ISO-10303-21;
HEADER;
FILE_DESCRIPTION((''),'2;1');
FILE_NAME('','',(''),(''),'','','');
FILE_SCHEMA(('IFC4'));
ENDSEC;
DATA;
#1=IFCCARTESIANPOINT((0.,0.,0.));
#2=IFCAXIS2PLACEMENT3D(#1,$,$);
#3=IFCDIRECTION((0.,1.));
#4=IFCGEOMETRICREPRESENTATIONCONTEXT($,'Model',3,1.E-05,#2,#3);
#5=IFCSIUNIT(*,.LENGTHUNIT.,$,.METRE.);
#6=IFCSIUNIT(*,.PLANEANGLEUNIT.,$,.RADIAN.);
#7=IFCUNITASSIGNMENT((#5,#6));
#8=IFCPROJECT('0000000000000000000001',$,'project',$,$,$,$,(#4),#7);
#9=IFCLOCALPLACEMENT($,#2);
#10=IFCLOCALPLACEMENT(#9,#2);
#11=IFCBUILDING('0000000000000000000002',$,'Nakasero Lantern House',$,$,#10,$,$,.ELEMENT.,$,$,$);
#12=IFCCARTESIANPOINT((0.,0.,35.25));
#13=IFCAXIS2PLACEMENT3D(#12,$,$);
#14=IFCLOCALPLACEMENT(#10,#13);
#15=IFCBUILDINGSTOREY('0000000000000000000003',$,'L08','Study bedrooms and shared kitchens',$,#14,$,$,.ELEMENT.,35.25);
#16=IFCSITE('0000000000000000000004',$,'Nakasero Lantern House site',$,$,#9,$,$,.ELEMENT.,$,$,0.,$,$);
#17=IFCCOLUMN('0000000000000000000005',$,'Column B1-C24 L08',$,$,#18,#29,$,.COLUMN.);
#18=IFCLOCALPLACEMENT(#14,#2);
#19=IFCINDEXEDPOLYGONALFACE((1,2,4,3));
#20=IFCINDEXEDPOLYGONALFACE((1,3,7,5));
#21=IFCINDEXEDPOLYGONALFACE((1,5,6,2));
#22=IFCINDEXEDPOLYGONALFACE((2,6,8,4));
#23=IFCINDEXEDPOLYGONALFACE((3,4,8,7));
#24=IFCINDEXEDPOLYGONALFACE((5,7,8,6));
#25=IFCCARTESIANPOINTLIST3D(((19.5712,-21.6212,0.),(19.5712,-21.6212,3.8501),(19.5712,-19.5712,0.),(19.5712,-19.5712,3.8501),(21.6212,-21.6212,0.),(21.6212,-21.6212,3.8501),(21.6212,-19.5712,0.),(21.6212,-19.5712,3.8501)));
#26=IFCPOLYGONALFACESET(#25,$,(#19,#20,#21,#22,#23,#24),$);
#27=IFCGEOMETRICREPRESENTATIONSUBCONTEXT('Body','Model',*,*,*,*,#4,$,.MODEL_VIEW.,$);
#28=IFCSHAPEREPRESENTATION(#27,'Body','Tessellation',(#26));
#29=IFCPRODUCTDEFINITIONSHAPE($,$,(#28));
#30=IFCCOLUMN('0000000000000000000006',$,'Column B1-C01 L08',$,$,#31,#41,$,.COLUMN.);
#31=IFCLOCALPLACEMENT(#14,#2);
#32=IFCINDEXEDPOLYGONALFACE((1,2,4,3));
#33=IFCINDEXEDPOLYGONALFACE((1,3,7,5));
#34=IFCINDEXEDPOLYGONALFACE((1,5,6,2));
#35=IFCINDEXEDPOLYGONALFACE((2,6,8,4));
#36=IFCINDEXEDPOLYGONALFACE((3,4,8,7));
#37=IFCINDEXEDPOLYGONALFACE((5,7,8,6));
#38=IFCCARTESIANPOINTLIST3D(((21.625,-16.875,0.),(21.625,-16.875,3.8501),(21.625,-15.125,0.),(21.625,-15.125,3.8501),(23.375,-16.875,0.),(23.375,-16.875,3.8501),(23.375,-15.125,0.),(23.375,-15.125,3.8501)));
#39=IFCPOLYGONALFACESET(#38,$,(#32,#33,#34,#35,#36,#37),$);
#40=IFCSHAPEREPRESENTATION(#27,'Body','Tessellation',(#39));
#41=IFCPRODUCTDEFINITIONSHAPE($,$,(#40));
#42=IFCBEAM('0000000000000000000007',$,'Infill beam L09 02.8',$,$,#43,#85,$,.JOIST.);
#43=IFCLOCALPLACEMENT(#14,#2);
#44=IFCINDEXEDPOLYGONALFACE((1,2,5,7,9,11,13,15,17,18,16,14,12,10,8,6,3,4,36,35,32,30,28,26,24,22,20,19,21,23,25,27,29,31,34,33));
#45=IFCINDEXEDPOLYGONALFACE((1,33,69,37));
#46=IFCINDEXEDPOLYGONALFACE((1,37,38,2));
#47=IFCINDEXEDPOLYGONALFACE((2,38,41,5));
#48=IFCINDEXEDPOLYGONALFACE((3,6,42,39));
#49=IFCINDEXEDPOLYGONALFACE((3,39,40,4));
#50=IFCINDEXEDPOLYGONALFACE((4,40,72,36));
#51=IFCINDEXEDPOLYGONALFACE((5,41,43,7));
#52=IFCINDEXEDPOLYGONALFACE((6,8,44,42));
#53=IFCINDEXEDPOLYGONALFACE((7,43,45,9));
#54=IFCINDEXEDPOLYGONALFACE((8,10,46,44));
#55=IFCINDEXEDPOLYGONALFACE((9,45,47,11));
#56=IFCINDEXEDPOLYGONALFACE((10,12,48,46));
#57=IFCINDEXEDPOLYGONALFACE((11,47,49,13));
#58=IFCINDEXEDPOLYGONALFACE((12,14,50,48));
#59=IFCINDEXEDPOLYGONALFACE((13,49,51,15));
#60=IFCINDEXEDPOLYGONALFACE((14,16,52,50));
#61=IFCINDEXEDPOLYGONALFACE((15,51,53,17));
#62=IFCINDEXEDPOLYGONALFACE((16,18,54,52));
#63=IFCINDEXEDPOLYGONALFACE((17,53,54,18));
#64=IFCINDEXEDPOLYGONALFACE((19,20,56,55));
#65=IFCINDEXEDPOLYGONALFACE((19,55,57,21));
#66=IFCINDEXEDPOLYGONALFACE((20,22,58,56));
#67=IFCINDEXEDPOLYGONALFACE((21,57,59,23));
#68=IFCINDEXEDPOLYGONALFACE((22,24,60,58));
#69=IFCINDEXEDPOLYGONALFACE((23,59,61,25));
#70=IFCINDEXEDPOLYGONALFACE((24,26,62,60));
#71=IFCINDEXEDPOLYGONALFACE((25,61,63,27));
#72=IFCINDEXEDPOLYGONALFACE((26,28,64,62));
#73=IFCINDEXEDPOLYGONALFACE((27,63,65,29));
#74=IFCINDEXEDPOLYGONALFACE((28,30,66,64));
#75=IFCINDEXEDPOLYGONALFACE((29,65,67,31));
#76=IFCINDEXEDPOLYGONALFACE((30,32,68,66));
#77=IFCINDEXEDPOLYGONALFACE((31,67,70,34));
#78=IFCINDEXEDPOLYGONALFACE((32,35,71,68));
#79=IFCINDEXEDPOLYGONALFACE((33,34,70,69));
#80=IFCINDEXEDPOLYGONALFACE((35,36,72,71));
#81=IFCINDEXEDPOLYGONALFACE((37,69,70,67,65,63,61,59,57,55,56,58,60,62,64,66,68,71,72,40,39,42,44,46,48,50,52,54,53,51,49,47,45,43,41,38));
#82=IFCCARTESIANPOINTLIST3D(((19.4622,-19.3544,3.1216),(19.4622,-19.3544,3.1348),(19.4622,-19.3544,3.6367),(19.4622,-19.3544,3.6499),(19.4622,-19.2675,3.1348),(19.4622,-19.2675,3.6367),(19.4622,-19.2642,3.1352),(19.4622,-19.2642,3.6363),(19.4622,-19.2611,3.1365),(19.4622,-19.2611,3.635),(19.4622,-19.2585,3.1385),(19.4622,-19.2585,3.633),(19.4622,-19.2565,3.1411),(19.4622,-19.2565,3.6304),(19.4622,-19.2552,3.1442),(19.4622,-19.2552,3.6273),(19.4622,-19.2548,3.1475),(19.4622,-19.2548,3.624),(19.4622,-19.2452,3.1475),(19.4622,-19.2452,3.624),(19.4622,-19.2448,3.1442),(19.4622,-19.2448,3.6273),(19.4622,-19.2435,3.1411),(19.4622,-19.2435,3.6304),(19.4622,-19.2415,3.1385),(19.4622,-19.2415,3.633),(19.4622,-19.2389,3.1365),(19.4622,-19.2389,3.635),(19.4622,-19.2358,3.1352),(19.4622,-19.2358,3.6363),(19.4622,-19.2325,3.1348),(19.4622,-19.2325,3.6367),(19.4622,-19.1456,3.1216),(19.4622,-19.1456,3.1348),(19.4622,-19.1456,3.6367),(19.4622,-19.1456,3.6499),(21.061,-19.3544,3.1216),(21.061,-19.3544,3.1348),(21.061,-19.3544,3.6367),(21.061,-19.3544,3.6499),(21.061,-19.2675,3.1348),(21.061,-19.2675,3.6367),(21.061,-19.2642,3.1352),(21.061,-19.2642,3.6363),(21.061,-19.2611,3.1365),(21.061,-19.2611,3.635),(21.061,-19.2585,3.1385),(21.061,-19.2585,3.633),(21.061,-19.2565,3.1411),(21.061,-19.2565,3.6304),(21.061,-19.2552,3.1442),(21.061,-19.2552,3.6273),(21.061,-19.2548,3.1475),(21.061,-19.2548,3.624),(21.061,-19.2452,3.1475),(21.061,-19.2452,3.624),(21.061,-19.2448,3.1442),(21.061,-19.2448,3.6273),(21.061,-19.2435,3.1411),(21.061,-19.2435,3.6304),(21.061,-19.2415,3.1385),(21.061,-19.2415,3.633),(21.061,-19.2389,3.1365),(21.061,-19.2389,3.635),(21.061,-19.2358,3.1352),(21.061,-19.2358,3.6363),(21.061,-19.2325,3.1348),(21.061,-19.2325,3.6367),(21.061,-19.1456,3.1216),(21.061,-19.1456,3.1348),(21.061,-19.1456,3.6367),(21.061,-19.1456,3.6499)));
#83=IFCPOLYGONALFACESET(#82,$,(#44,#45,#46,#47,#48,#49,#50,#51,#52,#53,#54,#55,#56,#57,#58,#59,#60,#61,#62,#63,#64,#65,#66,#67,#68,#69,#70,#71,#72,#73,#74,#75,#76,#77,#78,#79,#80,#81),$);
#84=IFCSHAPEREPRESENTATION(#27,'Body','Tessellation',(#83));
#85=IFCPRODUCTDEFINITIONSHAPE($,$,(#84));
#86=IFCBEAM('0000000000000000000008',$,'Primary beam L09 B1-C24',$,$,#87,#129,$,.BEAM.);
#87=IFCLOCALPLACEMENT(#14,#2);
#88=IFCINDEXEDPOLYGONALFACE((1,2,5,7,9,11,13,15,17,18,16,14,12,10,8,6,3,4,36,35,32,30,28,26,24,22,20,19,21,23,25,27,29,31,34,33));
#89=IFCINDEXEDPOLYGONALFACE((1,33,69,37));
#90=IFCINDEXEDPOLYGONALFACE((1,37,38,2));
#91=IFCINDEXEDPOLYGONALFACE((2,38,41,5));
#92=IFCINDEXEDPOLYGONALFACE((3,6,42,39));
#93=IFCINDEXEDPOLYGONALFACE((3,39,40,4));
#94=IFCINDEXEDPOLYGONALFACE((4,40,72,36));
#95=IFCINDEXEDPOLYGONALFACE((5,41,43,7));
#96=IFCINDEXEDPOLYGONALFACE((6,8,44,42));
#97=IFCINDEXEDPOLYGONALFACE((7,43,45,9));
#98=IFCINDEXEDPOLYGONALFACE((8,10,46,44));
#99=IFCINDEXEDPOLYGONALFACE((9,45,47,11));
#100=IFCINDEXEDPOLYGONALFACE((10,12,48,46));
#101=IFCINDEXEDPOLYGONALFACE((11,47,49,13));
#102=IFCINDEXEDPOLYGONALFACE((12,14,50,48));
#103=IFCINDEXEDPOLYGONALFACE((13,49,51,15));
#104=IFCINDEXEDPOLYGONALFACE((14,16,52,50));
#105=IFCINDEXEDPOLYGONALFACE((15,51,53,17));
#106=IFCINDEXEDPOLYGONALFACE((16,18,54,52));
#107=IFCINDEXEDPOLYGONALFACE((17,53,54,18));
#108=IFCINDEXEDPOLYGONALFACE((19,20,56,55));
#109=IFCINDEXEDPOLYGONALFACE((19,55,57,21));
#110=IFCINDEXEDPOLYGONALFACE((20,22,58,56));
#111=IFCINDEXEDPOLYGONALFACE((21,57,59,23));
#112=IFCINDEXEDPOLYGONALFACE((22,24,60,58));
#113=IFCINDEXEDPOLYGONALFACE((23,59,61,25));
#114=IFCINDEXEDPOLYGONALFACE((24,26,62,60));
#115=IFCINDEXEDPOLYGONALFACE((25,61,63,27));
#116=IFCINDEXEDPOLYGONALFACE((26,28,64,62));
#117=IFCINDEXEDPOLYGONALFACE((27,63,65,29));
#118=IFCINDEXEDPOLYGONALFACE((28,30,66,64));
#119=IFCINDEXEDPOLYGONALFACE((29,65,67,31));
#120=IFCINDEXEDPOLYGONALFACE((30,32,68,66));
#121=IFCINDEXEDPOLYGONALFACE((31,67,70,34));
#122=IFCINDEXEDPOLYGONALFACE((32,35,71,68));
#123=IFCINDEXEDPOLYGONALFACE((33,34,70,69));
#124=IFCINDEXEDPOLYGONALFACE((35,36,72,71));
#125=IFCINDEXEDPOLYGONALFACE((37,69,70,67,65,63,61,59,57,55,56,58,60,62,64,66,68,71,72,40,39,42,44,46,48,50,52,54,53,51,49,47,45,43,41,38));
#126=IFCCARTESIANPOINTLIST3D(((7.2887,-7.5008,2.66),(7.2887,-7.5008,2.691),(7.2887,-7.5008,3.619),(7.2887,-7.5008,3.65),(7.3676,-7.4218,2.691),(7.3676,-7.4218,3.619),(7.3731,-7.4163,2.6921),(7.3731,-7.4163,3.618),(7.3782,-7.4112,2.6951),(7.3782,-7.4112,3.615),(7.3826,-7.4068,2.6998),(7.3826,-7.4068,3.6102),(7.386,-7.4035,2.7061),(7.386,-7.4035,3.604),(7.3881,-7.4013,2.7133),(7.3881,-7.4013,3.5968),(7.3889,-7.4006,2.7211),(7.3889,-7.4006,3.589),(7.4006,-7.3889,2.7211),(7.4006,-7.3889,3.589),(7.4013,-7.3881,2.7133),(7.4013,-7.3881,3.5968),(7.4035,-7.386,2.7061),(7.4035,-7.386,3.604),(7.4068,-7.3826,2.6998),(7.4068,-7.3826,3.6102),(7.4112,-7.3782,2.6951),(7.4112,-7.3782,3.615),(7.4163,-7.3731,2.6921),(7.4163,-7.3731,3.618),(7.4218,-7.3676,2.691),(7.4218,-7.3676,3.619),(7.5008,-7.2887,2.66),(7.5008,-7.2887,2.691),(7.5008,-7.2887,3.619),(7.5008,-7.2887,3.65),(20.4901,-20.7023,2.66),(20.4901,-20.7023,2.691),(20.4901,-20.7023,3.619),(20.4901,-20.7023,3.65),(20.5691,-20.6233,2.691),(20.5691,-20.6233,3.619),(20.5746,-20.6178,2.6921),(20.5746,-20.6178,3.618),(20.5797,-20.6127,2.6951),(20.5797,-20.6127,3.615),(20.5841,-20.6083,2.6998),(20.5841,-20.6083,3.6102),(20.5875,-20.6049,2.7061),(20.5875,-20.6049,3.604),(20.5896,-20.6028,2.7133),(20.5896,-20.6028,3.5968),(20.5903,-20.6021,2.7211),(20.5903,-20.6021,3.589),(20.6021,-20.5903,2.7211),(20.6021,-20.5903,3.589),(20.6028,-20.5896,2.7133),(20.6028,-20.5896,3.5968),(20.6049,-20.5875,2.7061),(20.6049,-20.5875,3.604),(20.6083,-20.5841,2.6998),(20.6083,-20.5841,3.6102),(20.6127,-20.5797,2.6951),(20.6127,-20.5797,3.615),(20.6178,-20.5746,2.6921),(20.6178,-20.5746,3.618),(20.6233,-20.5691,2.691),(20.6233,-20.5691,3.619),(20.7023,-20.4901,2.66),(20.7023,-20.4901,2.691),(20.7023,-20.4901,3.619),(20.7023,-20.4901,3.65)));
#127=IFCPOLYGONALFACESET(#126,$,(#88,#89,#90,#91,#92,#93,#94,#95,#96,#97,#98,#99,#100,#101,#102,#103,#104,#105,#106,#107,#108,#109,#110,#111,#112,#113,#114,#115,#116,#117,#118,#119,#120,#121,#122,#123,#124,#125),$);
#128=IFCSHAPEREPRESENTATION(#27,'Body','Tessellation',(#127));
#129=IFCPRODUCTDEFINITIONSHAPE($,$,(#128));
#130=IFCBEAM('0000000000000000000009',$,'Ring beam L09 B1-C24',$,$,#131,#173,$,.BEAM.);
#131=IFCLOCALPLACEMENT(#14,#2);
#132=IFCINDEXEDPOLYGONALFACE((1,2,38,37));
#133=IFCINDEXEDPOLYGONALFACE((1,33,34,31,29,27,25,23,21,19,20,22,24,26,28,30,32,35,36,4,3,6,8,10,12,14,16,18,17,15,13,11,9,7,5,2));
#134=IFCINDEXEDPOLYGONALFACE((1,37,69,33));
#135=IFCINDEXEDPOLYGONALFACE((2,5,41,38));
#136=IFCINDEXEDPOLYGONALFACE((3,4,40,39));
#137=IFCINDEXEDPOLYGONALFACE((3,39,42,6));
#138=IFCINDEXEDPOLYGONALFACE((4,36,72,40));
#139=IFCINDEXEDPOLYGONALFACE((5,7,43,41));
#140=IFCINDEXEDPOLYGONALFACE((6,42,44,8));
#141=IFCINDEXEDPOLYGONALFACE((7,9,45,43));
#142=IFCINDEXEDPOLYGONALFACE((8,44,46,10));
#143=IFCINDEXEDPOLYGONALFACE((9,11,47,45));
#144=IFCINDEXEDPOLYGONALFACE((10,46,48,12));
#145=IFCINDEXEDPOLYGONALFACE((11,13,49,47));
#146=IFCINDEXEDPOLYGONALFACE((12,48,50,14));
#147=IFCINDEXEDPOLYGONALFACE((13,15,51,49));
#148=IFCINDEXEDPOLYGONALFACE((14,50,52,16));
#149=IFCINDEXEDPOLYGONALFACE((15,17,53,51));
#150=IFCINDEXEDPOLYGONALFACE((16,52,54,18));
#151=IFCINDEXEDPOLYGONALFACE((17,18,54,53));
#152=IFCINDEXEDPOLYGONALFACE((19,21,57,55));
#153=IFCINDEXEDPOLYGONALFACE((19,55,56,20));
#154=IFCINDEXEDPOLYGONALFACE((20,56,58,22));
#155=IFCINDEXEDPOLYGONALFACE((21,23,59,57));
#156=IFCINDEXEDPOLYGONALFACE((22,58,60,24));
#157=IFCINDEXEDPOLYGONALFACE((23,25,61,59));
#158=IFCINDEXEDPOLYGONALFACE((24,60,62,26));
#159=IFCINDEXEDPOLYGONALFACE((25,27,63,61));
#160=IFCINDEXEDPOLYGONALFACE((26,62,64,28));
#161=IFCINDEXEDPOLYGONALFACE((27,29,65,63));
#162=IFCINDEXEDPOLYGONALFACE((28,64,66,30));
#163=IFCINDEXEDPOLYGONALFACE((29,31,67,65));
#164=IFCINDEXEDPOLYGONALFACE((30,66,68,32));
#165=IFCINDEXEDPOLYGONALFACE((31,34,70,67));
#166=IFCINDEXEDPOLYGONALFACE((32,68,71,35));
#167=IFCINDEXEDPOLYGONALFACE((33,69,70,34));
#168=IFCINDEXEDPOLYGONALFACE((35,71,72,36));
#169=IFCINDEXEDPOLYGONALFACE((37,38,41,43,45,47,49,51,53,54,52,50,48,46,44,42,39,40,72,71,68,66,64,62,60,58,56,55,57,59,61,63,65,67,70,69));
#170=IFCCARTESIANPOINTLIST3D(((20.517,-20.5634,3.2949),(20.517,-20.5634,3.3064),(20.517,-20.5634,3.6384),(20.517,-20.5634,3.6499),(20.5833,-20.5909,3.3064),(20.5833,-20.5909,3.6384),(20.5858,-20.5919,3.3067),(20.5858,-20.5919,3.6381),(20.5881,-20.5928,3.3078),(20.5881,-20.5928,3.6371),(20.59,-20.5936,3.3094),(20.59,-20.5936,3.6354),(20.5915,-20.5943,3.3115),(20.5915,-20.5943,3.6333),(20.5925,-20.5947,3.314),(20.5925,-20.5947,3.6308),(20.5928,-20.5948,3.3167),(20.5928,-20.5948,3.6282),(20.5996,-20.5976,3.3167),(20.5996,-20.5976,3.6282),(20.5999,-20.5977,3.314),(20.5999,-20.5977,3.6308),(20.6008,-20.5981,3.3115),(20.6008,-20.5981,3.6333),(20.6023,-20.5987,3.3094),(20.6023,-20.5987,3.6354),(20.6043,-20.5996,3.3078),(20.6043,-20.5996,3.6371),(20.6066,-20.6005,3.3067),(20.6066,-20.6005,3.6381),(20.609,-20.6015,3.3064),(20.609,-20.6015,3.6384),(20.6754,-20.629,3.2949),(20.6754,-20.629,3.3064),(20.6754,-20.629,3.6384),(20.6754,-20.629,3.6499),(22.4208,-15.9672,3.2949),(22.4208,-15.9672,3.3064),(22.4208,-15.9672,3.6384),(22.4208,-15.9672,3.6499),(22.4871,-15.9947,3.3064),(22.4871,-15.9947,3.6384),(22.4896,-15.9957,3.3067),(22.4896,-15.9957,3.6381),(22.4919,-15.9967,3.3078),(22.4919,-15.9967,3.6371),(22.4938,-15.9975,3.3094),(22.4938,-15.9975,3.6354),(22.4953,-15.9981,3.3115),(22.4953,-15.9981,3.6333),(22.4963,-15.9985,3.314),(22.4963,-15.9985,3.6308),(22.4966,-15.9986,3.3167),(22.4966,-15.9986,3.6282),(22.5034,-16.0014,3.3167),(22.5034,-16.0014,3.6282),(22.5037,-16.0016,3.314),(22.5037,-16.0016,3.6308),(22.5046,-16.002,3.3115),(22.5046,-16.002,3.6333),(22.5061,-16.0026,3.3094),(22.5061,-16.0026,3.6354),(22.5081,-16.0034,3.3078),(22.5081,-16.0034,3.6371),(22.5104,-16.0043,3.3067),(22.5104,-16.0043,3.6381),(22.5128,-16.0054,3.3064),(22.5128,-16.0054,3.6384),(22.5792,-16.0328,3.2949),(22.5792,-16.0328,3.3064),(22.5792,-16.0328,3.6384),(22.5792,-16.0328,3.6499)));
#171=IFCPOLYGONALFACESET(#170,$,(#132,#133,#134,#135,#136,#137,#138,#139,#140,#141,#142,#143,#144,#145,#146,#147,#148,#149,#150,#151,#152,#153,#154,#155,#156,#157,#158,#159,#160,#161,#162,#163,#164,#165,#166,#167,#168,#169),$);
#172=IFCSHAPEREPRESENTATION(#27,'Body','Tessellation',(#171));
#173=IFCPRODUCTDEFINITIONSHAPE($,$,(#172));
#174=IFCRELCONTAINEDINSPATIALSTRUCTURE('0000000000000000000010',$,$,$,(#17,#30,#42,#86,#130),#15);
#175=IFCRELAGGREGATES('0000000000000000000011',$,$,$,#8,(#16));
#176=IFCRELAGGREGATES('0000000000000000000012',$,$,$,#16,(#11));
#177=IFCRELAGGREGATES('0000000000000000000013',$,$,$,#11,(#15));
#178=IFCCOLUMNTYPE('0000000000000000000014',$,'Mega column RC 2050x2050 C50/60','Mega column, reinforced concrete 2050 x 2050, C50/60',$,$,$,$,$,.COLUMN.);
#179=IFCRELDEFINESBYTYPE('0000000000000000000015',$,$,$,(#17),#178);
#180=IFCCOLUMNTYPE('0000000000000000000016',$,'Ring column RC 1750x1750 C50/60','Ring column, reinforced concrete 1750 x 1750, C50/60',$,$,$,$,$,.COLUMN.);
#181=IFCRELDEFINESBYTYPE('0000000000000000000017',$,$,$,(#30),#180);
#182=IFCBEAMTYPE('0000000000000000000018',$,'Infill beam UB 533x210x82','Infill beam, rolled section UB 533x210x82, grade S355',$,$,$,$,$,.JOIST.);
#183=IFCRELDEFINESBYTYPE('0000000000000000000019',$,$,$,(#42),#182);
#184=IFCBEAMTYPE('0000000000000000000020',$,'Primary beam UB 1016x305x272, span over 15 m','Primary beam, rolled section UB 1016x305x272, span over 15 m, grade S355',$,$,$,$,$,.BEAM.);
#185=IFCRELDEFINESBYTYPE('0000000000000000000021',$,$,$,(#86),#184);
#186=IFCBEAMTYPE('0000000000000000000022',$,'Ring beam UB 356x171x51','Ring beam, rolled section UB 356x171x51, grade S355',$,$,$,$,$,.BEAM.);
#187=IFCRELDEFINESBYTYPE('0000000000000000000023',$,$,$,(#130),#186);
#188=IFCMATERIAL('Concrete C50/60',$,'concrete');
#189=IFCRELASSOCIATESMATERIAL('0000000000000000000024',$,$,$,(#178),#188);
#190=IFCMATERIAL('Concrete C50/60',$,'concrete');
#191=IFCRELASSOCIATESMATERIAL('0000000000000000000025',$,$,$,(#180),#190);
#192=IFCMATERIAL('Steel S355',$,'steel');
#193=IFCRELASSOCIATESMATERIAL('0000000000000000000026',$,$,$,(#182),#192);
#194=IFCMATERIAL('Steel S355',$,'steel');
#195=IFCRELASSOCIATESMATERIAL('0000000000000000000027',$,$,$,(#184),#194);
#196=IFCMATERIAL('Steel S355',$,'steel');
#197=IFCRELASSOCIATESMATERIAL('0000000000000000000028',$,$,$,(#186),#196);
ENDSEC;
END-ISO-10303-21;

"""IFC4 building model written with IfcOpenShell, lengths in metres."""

from ifc_helpers import new_model, si_unit, direction, frame, origin, origin_2d, place, context, subcontext, project, spatial, rectangle, i_section, extrude, material, material_profile, profile_set, type_object, element, save


model = new_model("IFC4")

# Units and contexts
model_context = context("Model", 3, precision=1e-05, world=origin(), true_north=direction((0.0, 1.0)))
body_context = subcontext(model_context, "Body", "Model", "MODEL_VIEW")
ifc_project = project(units=[si_unit("LENGTHUNIT", "METRE"), si_unit("PLANEANGLEUNIT", "RADIAN")], contexts=[model_context])

# Site, building, storey
site_placement = place(None, origin())
site = spatial("IfcSite", under=ifc_project, at=site_placement, Name="Nakasero Lantern House site", CompositionType="ELEMENT", RefElevation=0.0)
building_placement = place(site_placement, origin())
building = spatial("IfcBuilding", under=site, at=building_placement, Name="Nakasero Lantern House", CompositionType="ELEMENT")
storey_placement = place(building_placement, frame((0.0, 0.0, 35.25)))
storey = spatial("IfcBuildingStorey", under=building, at=storey_placement, Name="L08", Description="Study bedrooms and shared kitchens", CompositionType="ELEMENT", Elevation=35.25)

# Columns
ifc_material_1 = material(Name="Concrete C50/60", Category="concrete")
ifc_material_profile_1 = material_profile(ifc_material_1, rectangle(XDim=2.05, YDim=2.05, at=origin_2d()), Name="RC 2050x2050")
ifc_profile_set_1 = profile_set([ifc_material_profile_1], Name="Concrete C50/60")
column_type_1 = type_object("IfcColumnType", Name="Mega column RC 2050x2050 C50/60", Description="Mega column, reinforced concrete 2050 x 2050, C50/60", PredefinedType="COLUMN", material=ifc_profile_set_1)
column_1_placement = place(storey_placement, frame((20.5962, -20.5962, 0.0), z_axis=(0.0, 0.0, 1.0), x_axis=(1.0, 0.0, 0.0)))
element("IfcColumn", 1, at=column_1_placement, inside=storey, type_object=column_type_1, Name="Column B1-C24 L08", PredefinedType="COLUMN", context=body_context, shape_type="SweptSolid", body=[
    extrude(rectangle(XDim=2.05, YDim=2.05, at=origin_2d()), origin(), (0.0, 0.0, 1.0), 3.8501),
])
ifc_material_2 = material(Name="Concrete C50/60", Category="concrete")
ifc_material_profile_2 = material_profile(ifc_material_2, rectangle(XDim=1.75, YDim=1.75, at=origin_2d()), Name="RC 1750x1750")
ifc_profile_set_2 = profile_set([ifc_material_profile_2], Name="Concrete C50/60")
column_type_2 = type_object("IfcColumnType", Name="Ring column RC 1750x1750 C50/60", Description="Ring column, reinforced concrete 1750 x 1750, C50/60", PredefinedType="COLUMN", material=ifc_profile_set_2)
column_2_placement = place(storey_placement, frame((22.5, -16.0, 0.0), z_axis=(0.0, 0.0, 1.0), x_axis=(1.0, 0.0, 0.0)))
element("IfcColumn", 2, at=column_2_placement, inside=storey, type_object=column_type_2, Name="Column B1-C01 L08", PredefinedType="COLUMN", context=body_context, shape_type="SweptSolid", body=[
    extrude(rectangle(XDim=1.75, YDim=1.75, at=origin_2d()), origin(), (0.0, 0.0, 1.0), 3.8501),
])

# Beams
ifc_material_3 = material(Name="Steel S355", Category="steel")
ifc_material_profile_3 = material_profile(ifc_material_3, i_section(OverallWidth=0.2087, OverallDepth=0.5283, WebThickness=0.0095, FlangeThickness=0.0132, FilletRadius=0.0127, at=origin_2d()), Name="UB 533x210x82")
ifc_profile_set_3 = profile_set([ifc_material_profile_3], Name="Steel S355")
beam_type_1 = type_object("IfcBeamType", Name="Infill beam UB 533x210x82", Description="Infill beam, rolled section UB 533x210x82, grade S355", PredefinedType="JOIST", material=ifc_profile_set_3)
beam_1_placement = place(storey_placement, frame((19.4622, -19.25, 3.3857), z_axis=(1.0, 0.0, 0.0), x_axis=(0.0, 1.0, 0.0)))
element("IfcBeam", 3, at=beam_1_placement, inside=storey, type_object=beam_type_1, Name="Infill beam L09 02.8", PredefinedType="JOIST", context=body_context, shape_type="SweptSolid", body=[
    extrude(i_section(OverallWidth=0.2087, OverallDepth=0.5283, WebThickness=0.0095, FlangeThickness=0.0132, FilletRadius=0.0127, at=origin_2d()), origin(), (0.0, 0.0, 1.0), 1.5989),
])
ifc_material_4 = material(Name="Steel S355", Category="steel")
ifc_material_profile_4 = material_profile(ifc_material_4, i_section(OverallWidth=0.3, OverallDepth=0.99, WebThickness=0.0166, FlangeThickness=0.031, FilletRadius=0.03, at=origin_2d()), Name="UB 1016x305x272")
ifc_profile_set_4 = profile_set([ifc_material_profile_4], Name="Steel S355")
beam_type_2 = type_object("IfcBeamType", Name="Primary beam UB 1016x305x272, span over 15 m", Description="Primary beam, rolled section UB 1016x305x272, span over 15 m, grade S355", PredefinedType="BEAM", material=ifc_profile_set_4)
beam_2_placement = place(storey_placement, frame((20.5962, -20.5962, 3.155), z_axis=(-0.707107, 0.707107, 0.0), x_axis=(-0.707107, -0.707107, 0.0)))
element("IfcBeam", 4, at=beam_2_placement, inside=storey, type_object=beam_type_2, Name="Primary beam L09 B1-C24", PredefinedType="BEAM", context=body_context, shape_type="SweptSolid", body=[
    extrude(i_section(OverallWidth=0.3, OverallDepth=0.99, WebThickness=0.0166, FlangeThickness=0.031, FilletRadius=0.03, at=origin_2d()), origin(), (0.0, 0.0, 1.0), 18.6697),
])
ifc_material_5 = material(Name="Steel S355", Category="steel")
ifc_material_profile_5 = material_profile(ifc_material_5, i_section(OverallWidth=0.1714, OverallDepth=0.355, WebThickness=0.0073, FlangeThickness=0.0115, FilletRadius=0.0103, at=origin_2d()), Name="UB 356x171x51")
ifc_profile_set_5 = profile_set([ifc_material_profile_5], Name="Steel S355")
beam_type_3 = type_object("IfcBeamType", Name="Ring beam UB 356x171x51", Description="Ring beam, rolled section UB 356x171x51, grade S355", PredefinedType="BEAM", material=ifc_profile_set_5)
beam_3_placement = place(storey_placement, frame((20.5962, -20.5962, 3.4724), z_axis=(0.382684, 0.923879, 0.0), x_axis=(-0.923879, 0.382684, 0.0)))
element("IfcBeam", 5, at=beam_3_placement, inside=storey, type_object=beam_type_3, Name="Ring beam L09 B1-C24", PredefinedType="BEAM", context=body_context, shape_type="SweptSolid", body=[
    extrude(i_section(OverallWidth=0.1714, OverallDepth=0.355, WebThickness=0.0073, FlangeThickness=0.0115, FilletRadius=0.0103, at=origin_2d()), origin(), (0.0, 0.0, 1.0), 4.9749),
])

save(model, "model.ifc")
